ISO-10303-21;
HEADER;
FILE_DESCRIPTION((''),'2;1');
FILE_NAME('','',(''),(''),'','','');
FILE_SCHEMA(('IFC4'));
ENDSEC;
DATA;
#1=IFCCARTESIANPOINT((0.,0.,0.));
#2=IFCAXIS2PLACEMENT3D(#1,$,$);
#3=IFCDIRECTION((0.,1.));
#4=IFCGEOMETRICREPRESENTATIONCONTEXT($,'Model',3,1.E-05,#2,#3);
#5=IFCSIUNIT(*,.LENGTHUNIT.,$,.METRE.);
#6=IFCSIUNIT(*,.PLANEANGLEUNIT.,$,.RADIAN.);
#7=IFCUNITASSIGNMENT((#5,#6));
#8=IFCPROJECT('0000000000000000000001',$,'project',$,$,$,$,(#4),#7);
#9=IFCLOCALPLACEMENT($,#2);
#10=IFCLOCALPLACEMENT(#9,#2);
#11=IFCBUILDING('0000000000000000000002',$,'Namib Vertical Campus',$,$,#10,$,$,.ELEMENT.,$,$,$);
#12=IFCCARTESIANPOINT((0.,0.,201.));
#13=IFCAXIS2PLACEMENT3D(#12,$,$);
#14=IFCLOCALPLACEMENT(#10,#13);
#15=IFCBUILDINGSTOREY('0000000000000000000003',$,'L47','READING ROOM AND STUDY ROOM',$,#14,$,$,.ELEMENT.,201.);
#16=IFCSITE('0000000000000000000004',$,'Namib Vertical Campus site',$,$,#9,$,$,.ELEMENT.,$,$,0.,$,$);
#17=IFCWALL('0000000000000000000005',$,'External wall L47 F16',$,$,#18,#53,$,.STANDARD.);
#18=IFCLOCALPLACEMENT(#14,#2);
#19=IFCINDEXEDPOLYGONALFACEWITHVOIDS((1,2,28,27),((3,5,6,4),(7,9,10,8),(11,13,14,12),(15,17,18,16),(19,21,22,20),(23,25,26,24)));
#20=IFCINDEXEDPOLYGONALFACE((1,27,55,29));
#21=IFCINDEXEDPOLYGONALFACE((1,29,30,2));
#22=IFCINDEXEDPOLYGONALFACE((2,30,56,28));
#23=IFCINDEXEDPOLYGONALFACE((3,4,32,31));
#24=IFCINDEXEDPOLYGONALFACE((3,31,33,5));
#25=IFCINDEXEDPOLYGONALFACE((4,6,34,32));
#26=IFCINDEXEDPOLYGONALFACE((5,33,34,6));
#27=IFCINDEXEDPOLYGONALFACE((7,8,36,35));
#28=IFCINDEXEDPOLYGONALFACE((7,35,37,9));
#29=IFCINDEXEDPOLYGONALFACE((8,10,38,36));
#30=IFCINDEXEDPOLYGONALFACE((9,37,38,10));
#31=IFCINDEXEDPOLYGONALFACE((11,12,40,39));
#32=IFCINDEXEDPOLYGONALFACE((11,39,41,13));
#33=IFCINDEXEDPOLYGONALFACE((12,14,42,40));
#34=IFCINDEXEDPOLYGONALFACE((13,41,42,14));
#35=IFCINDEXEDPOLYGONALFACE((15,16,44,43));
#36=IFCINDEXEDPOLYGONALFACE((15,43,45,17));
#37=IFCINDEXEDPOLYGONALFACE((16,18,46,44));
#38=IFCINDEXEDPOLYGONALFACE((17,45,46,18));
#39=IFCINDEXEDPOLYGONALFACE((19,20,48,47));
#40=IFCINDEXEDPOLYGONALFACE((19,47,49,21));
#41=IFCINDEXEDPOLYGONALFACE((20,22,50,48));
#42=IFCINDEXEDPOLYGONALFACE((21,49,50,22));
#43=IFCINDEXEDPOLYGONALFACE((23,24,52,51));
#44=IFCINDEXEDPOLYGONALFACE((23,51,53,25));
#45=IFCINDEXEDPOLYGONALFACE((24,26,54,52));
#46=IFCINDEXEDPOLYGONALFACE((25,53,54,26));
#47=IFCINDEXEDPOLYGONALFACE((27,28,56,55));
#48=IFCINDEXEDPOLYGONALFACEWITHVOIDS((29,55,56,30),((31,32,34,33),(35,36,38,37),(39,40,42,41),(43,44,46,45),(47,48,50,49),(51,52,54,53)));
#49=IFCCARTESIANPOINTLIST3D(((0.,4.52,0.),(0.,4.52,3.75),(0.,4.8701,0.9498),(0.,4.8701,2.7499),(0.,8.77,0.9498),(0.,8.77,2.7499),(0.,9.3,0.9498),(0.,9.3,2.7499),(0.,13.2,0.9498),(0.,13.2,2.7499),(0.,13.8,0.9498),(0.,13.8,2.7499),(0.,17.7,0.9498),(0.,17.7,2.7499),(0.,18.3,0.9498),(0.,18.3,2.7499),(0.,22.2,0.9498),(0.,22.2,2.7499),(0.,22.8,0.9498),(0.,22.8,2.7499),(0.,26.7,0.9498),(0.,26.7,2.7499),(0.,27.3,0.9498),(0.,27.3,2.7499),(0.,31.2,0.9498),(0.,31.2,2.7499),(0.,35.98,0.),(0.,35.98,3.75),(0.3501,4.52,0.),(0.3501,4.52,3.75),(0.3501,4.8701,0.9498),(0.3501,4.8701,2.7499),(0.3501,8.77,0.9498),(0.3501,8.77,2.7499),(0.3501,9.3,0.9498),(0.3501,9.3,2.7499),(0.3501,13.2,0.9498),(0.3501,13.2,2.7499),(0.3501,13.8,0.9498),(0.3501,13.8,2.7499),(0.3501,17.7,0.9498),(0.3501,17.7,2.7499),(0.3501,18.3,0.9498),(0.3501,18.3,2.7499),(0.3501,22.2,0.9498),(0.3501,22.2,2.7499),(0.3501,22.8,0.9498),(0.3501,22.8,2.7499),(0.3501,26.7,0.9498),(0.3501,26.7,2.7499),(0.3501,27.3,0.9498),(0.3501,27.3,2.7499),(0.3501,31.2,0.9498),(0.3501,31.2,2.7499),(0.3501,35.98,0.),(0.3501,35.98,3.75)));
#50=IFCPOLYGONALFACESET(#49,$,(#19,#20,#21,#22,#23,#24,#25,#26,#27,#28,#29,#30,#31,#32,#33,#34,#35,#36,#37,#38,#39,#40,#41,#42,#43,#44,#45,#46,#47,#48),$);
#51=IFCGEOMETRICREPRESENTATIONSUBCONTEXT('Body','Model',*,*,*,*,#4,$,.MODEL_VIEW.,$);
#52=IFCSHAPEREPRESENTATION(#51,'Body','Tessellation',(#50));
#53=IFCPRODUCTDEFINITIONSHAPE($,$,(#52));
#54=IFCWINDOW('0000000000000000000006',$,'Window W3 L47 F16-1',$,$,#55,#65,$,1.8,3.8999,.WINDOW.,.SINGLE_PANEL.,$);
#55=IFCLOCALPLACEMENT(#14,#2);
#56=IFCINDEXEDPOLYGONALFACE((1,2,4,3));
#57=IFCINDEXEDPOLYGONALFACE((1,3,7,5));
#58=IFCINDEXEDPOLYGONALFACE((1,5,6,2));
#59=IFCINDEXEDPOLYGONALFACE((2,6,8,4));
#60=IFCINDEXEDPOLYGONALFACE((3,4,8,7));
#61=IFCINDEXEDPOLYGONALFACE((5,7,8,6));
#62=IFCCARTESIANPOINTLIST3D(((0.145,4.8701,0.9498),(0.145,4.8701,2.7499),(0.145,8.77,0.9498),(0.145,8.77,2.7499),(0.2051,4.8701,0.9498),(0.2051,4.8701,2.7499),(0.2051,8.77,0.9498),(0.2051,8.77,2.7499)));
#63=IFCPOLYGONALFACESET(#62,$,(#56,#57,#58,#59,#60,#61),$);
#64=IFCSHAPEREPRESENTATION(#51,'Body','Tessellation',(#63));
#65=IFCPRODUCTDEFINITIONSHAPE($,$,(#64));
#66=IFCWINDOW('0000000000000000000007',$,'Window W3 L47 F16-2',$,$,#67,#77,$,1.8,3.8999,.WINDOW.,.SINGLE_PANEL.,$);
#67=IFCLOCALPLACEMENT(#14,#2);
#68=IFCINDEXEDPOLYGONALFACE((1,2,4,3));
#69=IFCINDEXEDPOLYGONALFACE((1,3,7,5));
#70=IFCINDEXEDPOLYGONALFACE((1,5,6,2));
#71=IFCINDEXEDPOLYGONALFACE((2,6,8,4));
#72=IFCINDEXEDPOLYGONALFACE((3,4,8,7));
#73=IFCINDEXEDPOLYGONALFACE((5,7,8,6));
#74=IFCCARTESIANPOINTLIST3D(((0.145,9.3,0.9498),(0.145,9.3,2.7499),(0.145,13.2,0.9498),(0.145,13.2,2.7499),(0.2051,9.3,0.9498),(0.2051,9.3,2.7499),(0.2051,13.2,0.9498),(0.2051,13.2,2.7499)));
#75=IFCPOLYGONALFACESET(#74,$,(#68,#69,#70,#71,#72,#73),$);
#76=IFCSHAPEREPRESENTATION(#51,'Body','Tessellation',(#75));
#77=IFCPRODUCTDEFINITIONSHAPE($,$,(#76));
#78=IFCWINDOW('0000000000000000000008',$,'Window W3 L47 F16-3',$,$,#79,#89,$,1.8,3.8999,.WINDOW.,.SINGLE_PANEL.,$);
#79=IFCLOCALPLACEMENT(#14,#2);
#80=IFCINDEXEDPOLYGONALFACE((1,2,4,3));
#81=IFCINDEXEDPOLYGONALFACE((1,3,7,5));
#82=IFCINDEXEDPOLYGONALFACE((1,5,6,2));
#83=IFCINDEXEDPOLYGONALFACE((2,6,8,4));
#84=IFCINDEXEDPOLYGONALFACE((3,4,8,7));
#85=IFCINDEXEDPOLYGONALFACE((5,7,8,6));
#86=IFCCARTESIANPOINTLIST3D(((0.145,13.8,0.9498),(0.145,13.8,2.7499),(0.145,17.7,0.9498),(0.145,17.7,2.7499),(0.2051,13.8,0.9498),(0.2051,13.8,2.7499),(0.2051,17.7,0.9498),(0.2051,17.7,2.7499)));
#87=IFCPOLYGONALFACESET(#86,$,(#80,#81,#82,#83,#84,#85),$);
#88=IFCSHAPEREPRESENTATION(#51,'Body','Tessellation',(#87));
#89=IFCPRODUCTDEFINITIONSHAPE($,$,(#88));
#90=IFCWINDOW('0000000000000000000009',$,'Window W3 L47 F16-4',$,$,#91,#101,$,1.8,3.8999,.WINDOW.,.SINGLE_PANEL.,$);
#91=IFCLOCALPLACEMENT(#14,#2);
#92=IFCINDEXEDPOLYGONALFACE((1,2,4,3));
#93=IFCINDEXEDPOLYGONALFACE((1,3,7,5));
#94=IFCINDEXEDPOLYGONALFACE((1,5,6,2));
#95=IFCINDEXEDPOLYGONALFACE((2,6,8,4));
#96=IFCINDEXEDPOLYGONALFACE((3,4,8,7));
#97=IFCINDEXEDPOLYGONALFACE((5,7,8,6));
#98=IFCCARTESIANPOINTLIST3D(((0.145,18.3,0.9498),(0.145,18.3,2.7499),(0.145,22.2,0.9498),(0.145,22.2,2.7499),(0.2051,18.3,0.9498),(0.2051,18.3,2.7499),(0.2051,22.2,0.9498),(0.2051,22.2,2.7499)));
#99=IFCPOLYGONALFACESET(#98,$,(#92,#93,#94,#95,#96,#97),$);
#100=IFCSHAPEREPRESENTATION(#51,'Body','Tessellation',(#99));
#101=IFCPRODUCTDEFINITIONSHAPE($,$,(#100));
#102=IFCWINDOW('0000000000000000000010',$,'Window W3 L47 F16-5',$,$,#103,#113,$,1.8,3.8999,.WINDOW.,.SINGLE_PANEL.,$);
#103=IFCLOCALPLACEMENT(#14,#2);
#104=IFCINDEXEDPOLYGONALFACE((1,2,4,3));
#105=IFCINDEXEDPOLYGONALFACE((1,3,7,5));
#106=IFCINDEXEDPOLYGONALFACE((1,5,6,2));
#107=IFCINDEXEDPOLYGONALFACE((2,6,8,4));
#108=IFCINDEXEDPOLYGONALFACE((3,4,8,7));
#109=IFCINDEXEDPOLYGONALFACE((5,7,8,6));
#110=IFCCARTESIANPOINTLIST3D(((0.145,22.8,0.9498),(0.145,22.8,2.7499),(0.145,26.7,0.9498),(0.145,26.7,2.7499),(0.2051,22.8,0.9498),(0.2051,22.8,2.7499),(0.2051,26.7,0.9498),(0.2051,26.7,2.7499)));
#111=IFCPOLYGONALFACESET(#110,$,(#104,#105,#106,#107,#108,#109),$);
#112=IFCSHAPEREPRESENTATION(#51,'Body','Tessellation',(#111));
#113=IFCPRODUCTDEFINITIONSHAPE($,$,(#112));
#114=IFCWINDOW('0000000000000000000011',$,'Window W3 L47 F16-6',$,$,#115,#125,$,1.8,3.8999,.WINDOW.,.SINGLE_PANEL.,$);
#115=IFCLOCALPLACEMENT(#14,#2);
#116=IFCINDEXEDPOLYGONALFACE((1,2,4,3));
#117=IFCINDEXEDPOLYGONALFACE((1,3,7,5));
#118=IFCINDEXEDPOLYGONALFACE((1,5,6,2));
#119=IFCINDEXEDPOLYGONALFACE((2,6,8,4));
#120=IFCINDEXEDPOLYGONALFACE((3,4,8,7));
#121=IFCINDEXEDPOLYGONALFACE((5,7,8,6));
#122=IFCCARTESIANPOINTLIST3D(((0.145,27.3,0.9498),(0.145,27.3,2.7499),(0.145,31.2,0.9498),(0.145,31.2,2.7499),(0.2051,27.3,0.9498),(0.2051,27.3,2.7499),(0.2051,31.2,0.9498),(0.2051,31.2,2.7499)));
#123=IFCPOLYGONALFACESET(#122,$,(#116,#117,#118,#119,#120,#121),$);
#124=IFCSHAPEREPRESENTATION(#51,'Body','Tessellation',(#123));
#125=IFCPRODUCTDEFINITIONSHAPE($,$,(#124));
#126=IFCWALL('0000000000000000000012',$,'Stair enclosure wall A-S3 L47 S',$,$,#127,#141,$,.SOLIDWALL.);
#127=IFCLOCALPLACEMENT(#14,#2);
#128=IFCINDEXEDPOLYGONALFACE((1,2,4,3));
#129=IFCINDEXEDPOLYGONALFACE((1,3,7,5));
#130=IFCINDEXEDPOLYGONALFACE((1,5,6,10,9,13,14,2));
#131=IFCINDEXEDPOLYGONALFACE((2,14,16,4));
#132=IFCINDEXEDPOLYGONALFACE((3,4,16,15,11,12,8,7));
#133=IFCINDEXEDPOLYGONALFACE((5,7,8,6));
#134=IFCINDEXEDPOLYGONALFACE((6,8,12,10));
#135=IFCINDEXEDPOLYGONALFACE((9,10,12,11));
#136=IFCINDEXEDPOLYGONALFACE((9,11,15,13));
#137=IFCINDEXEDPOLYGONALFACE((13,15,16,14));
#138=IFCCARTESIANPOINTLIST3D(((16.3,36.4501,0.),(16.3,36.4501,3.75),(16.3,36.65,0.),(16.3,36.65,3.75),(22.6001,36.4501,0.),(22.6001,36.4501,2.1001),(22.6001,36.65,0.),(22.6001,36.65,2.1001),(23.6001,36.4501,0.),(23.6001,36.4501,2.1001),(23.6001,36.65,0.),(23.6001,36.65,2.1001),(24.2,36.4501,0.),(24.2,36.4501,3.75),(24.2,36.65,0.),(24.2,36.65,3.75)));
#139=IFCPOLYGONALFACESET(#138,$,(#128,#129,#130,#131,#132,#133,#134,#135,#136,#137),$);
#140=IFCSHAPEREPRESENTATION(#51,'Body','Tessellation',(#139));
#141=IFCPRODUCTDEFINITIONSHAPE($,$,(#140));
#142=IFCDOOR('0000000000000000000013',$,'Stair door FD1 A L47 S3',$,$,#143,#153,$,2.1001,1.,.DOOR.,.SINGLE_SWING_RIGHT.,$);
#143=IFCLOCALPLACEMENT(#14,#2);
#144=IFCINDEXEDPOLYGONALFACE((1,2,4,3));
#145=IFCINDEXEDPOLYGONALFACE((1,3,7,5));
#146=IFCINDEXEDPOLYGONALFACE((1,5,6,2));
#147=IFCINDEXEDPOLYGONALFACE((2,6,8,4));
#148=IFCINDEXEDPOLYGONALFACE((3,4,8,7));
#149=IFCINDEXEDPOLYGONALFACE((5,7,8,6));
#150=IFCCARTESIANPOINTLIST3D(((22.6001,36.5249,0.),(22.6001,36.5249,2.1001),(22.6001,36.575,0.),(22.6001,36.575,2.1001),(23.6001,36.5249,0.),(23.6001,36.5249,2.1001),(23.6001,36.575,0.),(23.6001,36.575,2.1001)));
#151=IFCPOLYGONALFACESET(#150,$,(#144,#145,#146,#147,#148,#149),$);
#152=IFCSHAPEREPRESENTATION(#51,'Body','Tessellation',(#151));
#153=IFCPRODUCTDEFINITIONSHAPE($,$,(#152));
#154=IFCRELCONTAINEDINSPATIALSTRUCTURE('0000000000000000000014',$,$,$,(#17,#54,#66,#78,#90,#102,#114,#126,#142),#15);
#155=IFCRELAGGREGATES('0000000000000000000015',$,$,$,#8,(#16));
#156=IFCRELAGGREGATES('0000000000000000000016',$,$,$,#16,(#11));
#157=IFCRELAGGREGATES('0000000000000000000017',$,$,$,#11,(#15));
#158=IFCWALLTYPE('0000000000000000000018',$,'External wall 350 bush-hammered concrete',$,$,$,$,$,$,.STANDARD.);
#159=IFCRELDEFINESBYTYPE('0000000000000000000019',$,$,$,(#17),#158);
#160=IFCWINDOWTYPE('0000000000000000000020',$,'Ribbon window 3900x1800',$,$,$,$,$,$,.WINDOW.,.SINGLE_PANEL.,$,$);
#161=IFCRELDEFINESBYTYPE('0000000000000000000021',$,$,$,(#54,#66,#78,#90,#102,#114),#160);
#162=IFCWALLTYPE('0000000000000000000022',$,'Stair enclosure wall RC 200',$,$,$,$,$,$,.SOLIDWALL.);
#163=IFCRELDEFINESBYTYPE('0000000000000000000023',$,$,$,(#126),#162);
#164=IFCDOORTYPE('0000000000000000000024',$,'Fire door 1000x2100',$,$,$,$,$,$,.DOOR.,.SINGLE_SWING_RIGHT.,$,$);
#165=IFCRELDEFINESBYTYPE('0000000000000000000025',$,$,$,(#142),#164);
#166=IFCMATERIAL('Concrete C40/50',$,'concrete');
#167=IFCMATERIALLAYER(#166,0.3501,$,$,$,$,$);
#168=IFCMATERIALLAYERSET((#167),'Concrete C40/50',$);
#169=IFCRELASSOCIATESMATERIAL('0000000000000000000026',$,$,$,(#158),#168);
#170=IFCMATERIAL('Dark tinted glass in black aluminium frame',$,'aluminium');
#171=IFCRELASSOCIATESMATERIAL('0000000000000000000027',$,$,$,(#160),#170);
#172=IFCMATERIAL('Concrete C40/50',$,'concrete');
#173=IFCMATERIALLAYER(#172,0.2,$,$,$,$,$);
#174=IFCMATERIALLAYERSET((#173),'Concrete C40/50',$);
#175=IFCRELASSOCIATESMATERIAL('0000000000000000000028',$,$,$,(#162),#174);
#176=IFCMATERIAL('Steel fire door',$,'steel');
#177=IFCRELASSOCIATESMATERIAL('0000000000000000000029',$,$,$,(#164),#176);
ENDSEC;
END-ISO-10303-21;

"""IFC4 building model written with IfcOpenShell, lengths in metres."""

from ifc_helpers import new_model, si_unit, direction, frame, frame_2d, origin, place, context, subcontext, project, spatial, rectangle, extrude, material, layer, layer_set, type_object, element, fill, save


model = new_model("IFC4")

# Units and contexts
model_context = context("Model", 3, precision=1e-05, world=origin(), true_north=direction((0.0, 1.0)))
body_context = subcontext(model_context, "Body", "Model", "MODEL_VIEW")
ifc_project = project(units=[si_unit("LENGTHUNIT", "METRE"), si_unit("PLANEANGLEUNIT", "RADIAN")], contexts=[model_context])

# Site, building, storey
site_placement = place(None, origin())
site = spatial("IfcSite", under=ifc_project, at=site_placement, Name="Namib Vertical Campus site", CompositionType="ELEMENT", RefElevation=0.0)
building_placement = place(site_placement, origin())
building = spatial("IfcBuilding", under=site, at=building_placement, Name="Namib Vertical Campus", CompositionType="ELEMENT")
storey_placement = place(building_placement, frame((0.0, 0.0, 201.0)))
storey = spatial("IfcBuildingStorey", under=building, at=storey_placement, Name="L47", Description="READING ROOM AND STUDY ROOM", CompositionType="ELEMENT", Elevation=201.0)

# Shared definitions
ifc_material_1 = material(Name="Concrete C40/50", Category="concrete")
ifc_layer_1 = layer(ifc_material_1, 0.3501)
ifc_layer_set_1 = layer_set([ifc_layer_1], Name="Concrete C40/50")
wall_type_1 = type_object("IfcWallType", Name="External wall 350 bush-hammered concrete", PredefinedType="STANDARD", material=ifc_layer_set_1)

# Wall, openings, windows
wall_1_placement = place(storey_placement, frame((0.175, 35.98, 0.0), z_axis=(0.0, 0.0, 1.0), x_axis=(0.0, -1.0, 0.0)))
wall_1 = element("IfcWall", 1, at=wall_1_placement, inside=storey, type_object=wall_type_1, Name="External wall L47 F16", PredefinedType="STANDARD", context=body_context, shape_type="SweptSolid", body=[
    extrude(rectangle(XDim=31.46, YDim=0.3501, at=frame_2d((15.73, 0.0))), origin(), (0.0, 0.0, 1.0), 3.75),
])
opening_1_placement = place(wall_1_placement, frame((27.21, 0.0, 0.95)))
opening_1 = element("IfcOpeningElement", 2, at=opening_1_placement, cuts=wall_1, PredefinedType="OPENING", context=body_context, shape_type="SweptSolid", body=[
    extrude(rectangle(XDim=3.8999, YDim=1.8, at=frame_2d((1.95, 0.8999))), frame((0.0, 0.1851, 0.0), z_axis=(0.0, -1.0, 0.0), x_axis=(1.0, 0.0, 0.0)), (0.0, 0.0, 1.0), 0.3701),
])
opening_2_placement = place(wall_1_placement, frame((22.78, 0.0, 0.95)))
opening_2 = element("IfcOpeningElement", 3, at=opening_2_placement, cuts=wall_1, PredefinedType="OPENING", context=body_context, shape_type="SweptSolid", body=[
    extrude(rectangle(XDim=3.8999, YDim=1.8, at=frame_2d((1.95, 0.8999))), frame((0.0, 0.1851, 0.0), z_axis=(0.0, -1.0, 0.0), x_axis=(1.0, 0.0, 0.0)), (0.0, 0.0, 1.0), 0.3701),
])
opening_3_placement = place(wall_1_placement, frame((18.28, 0.0, 0.95)))
opening_3 = element("IfcOpeningElement", 4, at=opening_3_placement, cuts=wall_1, PredefinedType="OPENING", context=body_context, shape_type="SweptSolid", body=[
    extrude(rectangle(XDim=3.8999, YDim=1.8, at=frame_2d((1.95, 0.8999))), frame((0.0, 0.1851, 0.0), z_axis=(0.0, -1.0, 0.0), x_axis=(1.0, 0.0, 0.0)), (0.0, 0.0, 1.0), 0.3701),
])
opening_4_placement = place(wall_1_placement, frame((13.78, 0.0, 0.95)))
opening_4 = element("IfcOpeningElement", 5, at=opening_4_placement, cuts=wall_1, PredefinedType="OPENING", context=body_context, shape_type="SweptSolid", body=[
    extrude(rectangle(XDim=3.8999, YDim=1.8, at=frame_2d((1.95, 0.8999))), frame((0.0, 0.1851, 0.0), z_axis=(0.0, -1.0, 0.0), x_axis=(1.0, 0.0, 0.0)), (0.0, 0.0, 1.0), 0.3701),
])
opening_5_placement = place(wall_1_placement, frame((9.28, 0.0, 0.95)))
opening_5 = element("IfcOpeningElement", 6, at=opening_5_placement, cuts=wall_1, PredefinedType="OPENING", context=body_context, shape_type="SweptSolid", body=[
    extrude(rectangle(XDim=3.8999, YDim=1.8, at=frame_2d((1.95, 0.8999))), frame((0.0, 0.1851, 0.0), z_axis=(0.0, -1.0, 0.0), x_axis=(1.0, 0.0, 0.0)), (0.0, 0.0, 1.0), 0.3701),
])
opening_6_placement = place(wall_1_placement, frame((4.78, 0.0, 0.95)))
opening_6 = element("IfcOpeningElement", 7, at=opening_6_placement, cuts=wall_1, PredefinedType="OPENING", context=body_context, shape_type="SweptSolid", body=[
    extrude(rectangle(XDim=3.8999, YDim=1.8, at=frame_2d((1.95, 0.8999))), frame((0.0, 0.1851, 0.0), z_axis=(0.0, -1.0, 0.0), x_axis=(1.0, 0.0, 0.0)), (0.0, 0.0, 1.0), 0.3701),
])
ifc_material_2 = material(Name="Dark tinted glass in black aluminium frame", Category="aluminium")
window_type = type_object("IfcWindowType", Name="Ribbon window 3900x1800", PartitioningType="SINGLE_PANEL", PredefinedType="WINDOW", material=ifc_material_2)
window_1_placement = place(opening_1_placement, origin())
window_1 = element("IfcWindow", 8, at=window_1_placement, inside=storey, type_object=window_type, Name="Window W3 L47 F16-1", OverallHeight=1.8, OverallWidth=3.8999, PartitioningType="SINGLE_PANEL", PredefinedType="WINDOW", context=body_context, shape_type="SweptSolid", body=[
    extrude(rectangle(XDim=3.8999, YDim=1.8, at=frame_2d((1.95, 0.8999))), frame((0.0, 0.03, 0.0), z_axis=(0.0, -1.0, 0.0), x_axis=(1.0, 0.0, 0.0)), (0.0, 0.0, 1.0), 0.0601),
])
fill(opening_1, window_1)
window_2_placement = place(opening_2_placement, origin())
window_2 = element("IfcWindow", 9, at=window_2_placement, inside=storey, type_object=window_type, Name="Window W3 L47 F16-2", OverallHeight=1.8, OverallWidth=3.8999, PartitioningType="SINGLE_PANEL", PredefinedType="WINDOW", context=body_context, shape_type="SweptSolid", body=[
    extrude(rectangle(XDim=3.8999, YDim=1.8, at=frame_2d((1.95, 0.8999))), frame((0.0, 0.03, 0.0), z_axis=(0.0, -1.0, 0.0), x_axis=(1.0, 0.0, 0.0)), (0.0, 0.0, 1.0), 0.0601),
])
fill(opening_2, window_2)
window_3_placement = place(opening_3_placement, origin())
window_3 = element("IfcWindow", 10, at=window_3_placement, inside=storey, type_object=window_type, Name="Window W3 L47 F16-3", OverallHeight=1.8, OverallWidth=3.8999, PartitioningType="SINGLE_PANEL", PredefinedType="WINDOW", context=body_context, shape_type="SweptSolid", body=[
    extrude(rectangle(XDim=3.8999, YDim=1.8, at=frame_2d((1.95, 0.8999))), frame((0.0, 0.03, 0.0), z_axis=(0.0, -1.0, 0.0), x_axis=(1.0, 0.0, 0.0)), (0.0, 0.0, 1.0), 0.0601),
])
fill(opening_3, window_3)
window_4_placement = place(opening_4_placement, origin())
window_4 = element("IfcWindow", 11, at=window_4_placement, inside=storey, type_object=window_type, Name="Window W3 L47 F16-4", OverallHeight=1.8, OverallWidth=3.8999, PartitioningType="SINGLE_PANEL", PredefinedType="WINDOW", context=body_context, shape_type="SweptSolid", body=[
    extrude(rectangle(XDim=3.8999, YDim=1.8, at=frame_2d((1.95, 0.8999))), frame((0.0, 0.03, 0.0), z_axis=(0.0, -1.0, 0.0), x_axis=(1.0, 0.0, 0.0)), (0.0, 0.0, 1.0), 0.0601),
])
fill(opening_4, window_4)
window_5_placement = place(opening_5_placement, origin())
window_5 = element("IfcWindow", 12, at=window_5_placement, inside=storey, type_object=window_type, Name="Window W3 L47 F16-5", OverallHeight=1.8, OverallWidth=3.8999, PartitioningType="SINGLE_PANEL", PredefinedType="WINDOW", context=body_context, shape_type="SweptSolid", body=[
    extrude(rectangle(XDim=3.8999, YDim=1.8, at=frame_2d((1.95, 0.8999))), frame((0.0, 0.03, 0.0), z_axis=(0.0, -1.0, 0.0), x_axis=(1.0, 0.0, 0.0)), (0.0, 0.0, 1.0), 0.0601),
])
fill(opening_5, window_5)
window_6_placement = place(opening_6_placement, origin())
window_6 = element("IfcWindow", 13, at=window_6_placement, inside=storey, type_object=window_type, Name="Window W3 L47 F16-6", OverallHeight=1.8, OverallWidth=3.8999, PartitioningType="SINGLE_PANEL", PredefinedType="WINDOW", context=body_context, shape_type="SweptSolid", body=[
    extrude(rectangle(XDim=3.8999, YDim=1.8, at=frame_2d((1.95, 0.8999))), frame((0.0, 0.03, 0.0), z_axis=(0.0, -1.0, 0.0), x_axis=(1.0, 0.0, 0.0)), (0.0, 0.0, 1.0), 0.0601),
])
fill(opening_6, window_6)

# Wall, opening, door
ifc_material_3 = material(Name="Concrete C40/50", Category="concrete")
ifc_layer_2 = layer(ifc_material_3, 0.2)
ifc_layer_set_2 = layer_set([ifc_layer_2], Name="Concrete C40/50")
wall_type_2 = type_object("IfcWallType", Name="Stair enclosure wall RC 200", PredefinedType="SOLIDWALL", material=ifc_layer_set_2)
wall_2_placement = place(storey_placement, frame((16.3, 36.55, 0.0), z_axis=(0.0, 0.0, 1.0), x_axis=(1.0, 0.0, 0.0)))
wall_2 = element("IfcWall", 14, at=wall_2_placement, inside=storey, type_object=wall_type_2, Name="Stair enclosure wall A-S3 L47 S", PredefinedType="SOLIDWALL", context=body_context, shape_type="SweptSolid", body=[
    extrude(rectangle(XDim=7.8999, YDim=0.2, at=frame_2d((3.95, 0.0))), origin(), (0.0, 0.0, 1.0), 3.75),
])
opening_7_placement = place(wall_2_placement, frame((6.3, 0.0, 0.0)))
opening_7 = element("IfcOpeningElement", 15, at=opening_7_placement, cuts=wall_2, PredefinedType="OPENING", context=body_context, shape_type="SweptSolid", body=[
    extrude(rectangle(XDim=1.0, YDim=2.1001, at=frame_2d((0.5, 1.05))), frame((0.0, 0.1099, 0.0), z_axis=(0.0, -1.0, 0.0), x_axis=(1.0, 0.0, 0.0)), (0.0, 0.0, 1.0), 0.22),
])
ifc_material_4 = material(Name="Steel fire door", Category="steel")
door_type = type_object("IfcDoorType", Name="Fire door 1000x2100", OperationType="SINGLE_SWING_RIGHT", PredefinedType="DOOR", material=ifc_material_4)
door_placement = place(opening_7_placement, origin())
door = element("IfcDoor", 16, at=door_placement, inside=storey, type_object=door_type, Name="Stair door FD1 A L47 S3", OperationType="SINGLE_SWING_RIGHT", OverallHeight=2.1001, OverallWidth=1.0, PredefinedType="DOOR", context=body_context, shape_type="SweptSolid", body=[
    extrude(rectangle(XDim=1.0, YDim=2.1001, at=frame_2d((0.5, 1.05))), frame((0.0, 0.0249, 0.0), z_axis=(0.0, -1.0, 0.0), x_axis=(1.0, 0.0, 0.0)), (0.0, 0.0, 1.0), 0.05),
])
fill(opening_7, door)

save(model, "model.ifc")
